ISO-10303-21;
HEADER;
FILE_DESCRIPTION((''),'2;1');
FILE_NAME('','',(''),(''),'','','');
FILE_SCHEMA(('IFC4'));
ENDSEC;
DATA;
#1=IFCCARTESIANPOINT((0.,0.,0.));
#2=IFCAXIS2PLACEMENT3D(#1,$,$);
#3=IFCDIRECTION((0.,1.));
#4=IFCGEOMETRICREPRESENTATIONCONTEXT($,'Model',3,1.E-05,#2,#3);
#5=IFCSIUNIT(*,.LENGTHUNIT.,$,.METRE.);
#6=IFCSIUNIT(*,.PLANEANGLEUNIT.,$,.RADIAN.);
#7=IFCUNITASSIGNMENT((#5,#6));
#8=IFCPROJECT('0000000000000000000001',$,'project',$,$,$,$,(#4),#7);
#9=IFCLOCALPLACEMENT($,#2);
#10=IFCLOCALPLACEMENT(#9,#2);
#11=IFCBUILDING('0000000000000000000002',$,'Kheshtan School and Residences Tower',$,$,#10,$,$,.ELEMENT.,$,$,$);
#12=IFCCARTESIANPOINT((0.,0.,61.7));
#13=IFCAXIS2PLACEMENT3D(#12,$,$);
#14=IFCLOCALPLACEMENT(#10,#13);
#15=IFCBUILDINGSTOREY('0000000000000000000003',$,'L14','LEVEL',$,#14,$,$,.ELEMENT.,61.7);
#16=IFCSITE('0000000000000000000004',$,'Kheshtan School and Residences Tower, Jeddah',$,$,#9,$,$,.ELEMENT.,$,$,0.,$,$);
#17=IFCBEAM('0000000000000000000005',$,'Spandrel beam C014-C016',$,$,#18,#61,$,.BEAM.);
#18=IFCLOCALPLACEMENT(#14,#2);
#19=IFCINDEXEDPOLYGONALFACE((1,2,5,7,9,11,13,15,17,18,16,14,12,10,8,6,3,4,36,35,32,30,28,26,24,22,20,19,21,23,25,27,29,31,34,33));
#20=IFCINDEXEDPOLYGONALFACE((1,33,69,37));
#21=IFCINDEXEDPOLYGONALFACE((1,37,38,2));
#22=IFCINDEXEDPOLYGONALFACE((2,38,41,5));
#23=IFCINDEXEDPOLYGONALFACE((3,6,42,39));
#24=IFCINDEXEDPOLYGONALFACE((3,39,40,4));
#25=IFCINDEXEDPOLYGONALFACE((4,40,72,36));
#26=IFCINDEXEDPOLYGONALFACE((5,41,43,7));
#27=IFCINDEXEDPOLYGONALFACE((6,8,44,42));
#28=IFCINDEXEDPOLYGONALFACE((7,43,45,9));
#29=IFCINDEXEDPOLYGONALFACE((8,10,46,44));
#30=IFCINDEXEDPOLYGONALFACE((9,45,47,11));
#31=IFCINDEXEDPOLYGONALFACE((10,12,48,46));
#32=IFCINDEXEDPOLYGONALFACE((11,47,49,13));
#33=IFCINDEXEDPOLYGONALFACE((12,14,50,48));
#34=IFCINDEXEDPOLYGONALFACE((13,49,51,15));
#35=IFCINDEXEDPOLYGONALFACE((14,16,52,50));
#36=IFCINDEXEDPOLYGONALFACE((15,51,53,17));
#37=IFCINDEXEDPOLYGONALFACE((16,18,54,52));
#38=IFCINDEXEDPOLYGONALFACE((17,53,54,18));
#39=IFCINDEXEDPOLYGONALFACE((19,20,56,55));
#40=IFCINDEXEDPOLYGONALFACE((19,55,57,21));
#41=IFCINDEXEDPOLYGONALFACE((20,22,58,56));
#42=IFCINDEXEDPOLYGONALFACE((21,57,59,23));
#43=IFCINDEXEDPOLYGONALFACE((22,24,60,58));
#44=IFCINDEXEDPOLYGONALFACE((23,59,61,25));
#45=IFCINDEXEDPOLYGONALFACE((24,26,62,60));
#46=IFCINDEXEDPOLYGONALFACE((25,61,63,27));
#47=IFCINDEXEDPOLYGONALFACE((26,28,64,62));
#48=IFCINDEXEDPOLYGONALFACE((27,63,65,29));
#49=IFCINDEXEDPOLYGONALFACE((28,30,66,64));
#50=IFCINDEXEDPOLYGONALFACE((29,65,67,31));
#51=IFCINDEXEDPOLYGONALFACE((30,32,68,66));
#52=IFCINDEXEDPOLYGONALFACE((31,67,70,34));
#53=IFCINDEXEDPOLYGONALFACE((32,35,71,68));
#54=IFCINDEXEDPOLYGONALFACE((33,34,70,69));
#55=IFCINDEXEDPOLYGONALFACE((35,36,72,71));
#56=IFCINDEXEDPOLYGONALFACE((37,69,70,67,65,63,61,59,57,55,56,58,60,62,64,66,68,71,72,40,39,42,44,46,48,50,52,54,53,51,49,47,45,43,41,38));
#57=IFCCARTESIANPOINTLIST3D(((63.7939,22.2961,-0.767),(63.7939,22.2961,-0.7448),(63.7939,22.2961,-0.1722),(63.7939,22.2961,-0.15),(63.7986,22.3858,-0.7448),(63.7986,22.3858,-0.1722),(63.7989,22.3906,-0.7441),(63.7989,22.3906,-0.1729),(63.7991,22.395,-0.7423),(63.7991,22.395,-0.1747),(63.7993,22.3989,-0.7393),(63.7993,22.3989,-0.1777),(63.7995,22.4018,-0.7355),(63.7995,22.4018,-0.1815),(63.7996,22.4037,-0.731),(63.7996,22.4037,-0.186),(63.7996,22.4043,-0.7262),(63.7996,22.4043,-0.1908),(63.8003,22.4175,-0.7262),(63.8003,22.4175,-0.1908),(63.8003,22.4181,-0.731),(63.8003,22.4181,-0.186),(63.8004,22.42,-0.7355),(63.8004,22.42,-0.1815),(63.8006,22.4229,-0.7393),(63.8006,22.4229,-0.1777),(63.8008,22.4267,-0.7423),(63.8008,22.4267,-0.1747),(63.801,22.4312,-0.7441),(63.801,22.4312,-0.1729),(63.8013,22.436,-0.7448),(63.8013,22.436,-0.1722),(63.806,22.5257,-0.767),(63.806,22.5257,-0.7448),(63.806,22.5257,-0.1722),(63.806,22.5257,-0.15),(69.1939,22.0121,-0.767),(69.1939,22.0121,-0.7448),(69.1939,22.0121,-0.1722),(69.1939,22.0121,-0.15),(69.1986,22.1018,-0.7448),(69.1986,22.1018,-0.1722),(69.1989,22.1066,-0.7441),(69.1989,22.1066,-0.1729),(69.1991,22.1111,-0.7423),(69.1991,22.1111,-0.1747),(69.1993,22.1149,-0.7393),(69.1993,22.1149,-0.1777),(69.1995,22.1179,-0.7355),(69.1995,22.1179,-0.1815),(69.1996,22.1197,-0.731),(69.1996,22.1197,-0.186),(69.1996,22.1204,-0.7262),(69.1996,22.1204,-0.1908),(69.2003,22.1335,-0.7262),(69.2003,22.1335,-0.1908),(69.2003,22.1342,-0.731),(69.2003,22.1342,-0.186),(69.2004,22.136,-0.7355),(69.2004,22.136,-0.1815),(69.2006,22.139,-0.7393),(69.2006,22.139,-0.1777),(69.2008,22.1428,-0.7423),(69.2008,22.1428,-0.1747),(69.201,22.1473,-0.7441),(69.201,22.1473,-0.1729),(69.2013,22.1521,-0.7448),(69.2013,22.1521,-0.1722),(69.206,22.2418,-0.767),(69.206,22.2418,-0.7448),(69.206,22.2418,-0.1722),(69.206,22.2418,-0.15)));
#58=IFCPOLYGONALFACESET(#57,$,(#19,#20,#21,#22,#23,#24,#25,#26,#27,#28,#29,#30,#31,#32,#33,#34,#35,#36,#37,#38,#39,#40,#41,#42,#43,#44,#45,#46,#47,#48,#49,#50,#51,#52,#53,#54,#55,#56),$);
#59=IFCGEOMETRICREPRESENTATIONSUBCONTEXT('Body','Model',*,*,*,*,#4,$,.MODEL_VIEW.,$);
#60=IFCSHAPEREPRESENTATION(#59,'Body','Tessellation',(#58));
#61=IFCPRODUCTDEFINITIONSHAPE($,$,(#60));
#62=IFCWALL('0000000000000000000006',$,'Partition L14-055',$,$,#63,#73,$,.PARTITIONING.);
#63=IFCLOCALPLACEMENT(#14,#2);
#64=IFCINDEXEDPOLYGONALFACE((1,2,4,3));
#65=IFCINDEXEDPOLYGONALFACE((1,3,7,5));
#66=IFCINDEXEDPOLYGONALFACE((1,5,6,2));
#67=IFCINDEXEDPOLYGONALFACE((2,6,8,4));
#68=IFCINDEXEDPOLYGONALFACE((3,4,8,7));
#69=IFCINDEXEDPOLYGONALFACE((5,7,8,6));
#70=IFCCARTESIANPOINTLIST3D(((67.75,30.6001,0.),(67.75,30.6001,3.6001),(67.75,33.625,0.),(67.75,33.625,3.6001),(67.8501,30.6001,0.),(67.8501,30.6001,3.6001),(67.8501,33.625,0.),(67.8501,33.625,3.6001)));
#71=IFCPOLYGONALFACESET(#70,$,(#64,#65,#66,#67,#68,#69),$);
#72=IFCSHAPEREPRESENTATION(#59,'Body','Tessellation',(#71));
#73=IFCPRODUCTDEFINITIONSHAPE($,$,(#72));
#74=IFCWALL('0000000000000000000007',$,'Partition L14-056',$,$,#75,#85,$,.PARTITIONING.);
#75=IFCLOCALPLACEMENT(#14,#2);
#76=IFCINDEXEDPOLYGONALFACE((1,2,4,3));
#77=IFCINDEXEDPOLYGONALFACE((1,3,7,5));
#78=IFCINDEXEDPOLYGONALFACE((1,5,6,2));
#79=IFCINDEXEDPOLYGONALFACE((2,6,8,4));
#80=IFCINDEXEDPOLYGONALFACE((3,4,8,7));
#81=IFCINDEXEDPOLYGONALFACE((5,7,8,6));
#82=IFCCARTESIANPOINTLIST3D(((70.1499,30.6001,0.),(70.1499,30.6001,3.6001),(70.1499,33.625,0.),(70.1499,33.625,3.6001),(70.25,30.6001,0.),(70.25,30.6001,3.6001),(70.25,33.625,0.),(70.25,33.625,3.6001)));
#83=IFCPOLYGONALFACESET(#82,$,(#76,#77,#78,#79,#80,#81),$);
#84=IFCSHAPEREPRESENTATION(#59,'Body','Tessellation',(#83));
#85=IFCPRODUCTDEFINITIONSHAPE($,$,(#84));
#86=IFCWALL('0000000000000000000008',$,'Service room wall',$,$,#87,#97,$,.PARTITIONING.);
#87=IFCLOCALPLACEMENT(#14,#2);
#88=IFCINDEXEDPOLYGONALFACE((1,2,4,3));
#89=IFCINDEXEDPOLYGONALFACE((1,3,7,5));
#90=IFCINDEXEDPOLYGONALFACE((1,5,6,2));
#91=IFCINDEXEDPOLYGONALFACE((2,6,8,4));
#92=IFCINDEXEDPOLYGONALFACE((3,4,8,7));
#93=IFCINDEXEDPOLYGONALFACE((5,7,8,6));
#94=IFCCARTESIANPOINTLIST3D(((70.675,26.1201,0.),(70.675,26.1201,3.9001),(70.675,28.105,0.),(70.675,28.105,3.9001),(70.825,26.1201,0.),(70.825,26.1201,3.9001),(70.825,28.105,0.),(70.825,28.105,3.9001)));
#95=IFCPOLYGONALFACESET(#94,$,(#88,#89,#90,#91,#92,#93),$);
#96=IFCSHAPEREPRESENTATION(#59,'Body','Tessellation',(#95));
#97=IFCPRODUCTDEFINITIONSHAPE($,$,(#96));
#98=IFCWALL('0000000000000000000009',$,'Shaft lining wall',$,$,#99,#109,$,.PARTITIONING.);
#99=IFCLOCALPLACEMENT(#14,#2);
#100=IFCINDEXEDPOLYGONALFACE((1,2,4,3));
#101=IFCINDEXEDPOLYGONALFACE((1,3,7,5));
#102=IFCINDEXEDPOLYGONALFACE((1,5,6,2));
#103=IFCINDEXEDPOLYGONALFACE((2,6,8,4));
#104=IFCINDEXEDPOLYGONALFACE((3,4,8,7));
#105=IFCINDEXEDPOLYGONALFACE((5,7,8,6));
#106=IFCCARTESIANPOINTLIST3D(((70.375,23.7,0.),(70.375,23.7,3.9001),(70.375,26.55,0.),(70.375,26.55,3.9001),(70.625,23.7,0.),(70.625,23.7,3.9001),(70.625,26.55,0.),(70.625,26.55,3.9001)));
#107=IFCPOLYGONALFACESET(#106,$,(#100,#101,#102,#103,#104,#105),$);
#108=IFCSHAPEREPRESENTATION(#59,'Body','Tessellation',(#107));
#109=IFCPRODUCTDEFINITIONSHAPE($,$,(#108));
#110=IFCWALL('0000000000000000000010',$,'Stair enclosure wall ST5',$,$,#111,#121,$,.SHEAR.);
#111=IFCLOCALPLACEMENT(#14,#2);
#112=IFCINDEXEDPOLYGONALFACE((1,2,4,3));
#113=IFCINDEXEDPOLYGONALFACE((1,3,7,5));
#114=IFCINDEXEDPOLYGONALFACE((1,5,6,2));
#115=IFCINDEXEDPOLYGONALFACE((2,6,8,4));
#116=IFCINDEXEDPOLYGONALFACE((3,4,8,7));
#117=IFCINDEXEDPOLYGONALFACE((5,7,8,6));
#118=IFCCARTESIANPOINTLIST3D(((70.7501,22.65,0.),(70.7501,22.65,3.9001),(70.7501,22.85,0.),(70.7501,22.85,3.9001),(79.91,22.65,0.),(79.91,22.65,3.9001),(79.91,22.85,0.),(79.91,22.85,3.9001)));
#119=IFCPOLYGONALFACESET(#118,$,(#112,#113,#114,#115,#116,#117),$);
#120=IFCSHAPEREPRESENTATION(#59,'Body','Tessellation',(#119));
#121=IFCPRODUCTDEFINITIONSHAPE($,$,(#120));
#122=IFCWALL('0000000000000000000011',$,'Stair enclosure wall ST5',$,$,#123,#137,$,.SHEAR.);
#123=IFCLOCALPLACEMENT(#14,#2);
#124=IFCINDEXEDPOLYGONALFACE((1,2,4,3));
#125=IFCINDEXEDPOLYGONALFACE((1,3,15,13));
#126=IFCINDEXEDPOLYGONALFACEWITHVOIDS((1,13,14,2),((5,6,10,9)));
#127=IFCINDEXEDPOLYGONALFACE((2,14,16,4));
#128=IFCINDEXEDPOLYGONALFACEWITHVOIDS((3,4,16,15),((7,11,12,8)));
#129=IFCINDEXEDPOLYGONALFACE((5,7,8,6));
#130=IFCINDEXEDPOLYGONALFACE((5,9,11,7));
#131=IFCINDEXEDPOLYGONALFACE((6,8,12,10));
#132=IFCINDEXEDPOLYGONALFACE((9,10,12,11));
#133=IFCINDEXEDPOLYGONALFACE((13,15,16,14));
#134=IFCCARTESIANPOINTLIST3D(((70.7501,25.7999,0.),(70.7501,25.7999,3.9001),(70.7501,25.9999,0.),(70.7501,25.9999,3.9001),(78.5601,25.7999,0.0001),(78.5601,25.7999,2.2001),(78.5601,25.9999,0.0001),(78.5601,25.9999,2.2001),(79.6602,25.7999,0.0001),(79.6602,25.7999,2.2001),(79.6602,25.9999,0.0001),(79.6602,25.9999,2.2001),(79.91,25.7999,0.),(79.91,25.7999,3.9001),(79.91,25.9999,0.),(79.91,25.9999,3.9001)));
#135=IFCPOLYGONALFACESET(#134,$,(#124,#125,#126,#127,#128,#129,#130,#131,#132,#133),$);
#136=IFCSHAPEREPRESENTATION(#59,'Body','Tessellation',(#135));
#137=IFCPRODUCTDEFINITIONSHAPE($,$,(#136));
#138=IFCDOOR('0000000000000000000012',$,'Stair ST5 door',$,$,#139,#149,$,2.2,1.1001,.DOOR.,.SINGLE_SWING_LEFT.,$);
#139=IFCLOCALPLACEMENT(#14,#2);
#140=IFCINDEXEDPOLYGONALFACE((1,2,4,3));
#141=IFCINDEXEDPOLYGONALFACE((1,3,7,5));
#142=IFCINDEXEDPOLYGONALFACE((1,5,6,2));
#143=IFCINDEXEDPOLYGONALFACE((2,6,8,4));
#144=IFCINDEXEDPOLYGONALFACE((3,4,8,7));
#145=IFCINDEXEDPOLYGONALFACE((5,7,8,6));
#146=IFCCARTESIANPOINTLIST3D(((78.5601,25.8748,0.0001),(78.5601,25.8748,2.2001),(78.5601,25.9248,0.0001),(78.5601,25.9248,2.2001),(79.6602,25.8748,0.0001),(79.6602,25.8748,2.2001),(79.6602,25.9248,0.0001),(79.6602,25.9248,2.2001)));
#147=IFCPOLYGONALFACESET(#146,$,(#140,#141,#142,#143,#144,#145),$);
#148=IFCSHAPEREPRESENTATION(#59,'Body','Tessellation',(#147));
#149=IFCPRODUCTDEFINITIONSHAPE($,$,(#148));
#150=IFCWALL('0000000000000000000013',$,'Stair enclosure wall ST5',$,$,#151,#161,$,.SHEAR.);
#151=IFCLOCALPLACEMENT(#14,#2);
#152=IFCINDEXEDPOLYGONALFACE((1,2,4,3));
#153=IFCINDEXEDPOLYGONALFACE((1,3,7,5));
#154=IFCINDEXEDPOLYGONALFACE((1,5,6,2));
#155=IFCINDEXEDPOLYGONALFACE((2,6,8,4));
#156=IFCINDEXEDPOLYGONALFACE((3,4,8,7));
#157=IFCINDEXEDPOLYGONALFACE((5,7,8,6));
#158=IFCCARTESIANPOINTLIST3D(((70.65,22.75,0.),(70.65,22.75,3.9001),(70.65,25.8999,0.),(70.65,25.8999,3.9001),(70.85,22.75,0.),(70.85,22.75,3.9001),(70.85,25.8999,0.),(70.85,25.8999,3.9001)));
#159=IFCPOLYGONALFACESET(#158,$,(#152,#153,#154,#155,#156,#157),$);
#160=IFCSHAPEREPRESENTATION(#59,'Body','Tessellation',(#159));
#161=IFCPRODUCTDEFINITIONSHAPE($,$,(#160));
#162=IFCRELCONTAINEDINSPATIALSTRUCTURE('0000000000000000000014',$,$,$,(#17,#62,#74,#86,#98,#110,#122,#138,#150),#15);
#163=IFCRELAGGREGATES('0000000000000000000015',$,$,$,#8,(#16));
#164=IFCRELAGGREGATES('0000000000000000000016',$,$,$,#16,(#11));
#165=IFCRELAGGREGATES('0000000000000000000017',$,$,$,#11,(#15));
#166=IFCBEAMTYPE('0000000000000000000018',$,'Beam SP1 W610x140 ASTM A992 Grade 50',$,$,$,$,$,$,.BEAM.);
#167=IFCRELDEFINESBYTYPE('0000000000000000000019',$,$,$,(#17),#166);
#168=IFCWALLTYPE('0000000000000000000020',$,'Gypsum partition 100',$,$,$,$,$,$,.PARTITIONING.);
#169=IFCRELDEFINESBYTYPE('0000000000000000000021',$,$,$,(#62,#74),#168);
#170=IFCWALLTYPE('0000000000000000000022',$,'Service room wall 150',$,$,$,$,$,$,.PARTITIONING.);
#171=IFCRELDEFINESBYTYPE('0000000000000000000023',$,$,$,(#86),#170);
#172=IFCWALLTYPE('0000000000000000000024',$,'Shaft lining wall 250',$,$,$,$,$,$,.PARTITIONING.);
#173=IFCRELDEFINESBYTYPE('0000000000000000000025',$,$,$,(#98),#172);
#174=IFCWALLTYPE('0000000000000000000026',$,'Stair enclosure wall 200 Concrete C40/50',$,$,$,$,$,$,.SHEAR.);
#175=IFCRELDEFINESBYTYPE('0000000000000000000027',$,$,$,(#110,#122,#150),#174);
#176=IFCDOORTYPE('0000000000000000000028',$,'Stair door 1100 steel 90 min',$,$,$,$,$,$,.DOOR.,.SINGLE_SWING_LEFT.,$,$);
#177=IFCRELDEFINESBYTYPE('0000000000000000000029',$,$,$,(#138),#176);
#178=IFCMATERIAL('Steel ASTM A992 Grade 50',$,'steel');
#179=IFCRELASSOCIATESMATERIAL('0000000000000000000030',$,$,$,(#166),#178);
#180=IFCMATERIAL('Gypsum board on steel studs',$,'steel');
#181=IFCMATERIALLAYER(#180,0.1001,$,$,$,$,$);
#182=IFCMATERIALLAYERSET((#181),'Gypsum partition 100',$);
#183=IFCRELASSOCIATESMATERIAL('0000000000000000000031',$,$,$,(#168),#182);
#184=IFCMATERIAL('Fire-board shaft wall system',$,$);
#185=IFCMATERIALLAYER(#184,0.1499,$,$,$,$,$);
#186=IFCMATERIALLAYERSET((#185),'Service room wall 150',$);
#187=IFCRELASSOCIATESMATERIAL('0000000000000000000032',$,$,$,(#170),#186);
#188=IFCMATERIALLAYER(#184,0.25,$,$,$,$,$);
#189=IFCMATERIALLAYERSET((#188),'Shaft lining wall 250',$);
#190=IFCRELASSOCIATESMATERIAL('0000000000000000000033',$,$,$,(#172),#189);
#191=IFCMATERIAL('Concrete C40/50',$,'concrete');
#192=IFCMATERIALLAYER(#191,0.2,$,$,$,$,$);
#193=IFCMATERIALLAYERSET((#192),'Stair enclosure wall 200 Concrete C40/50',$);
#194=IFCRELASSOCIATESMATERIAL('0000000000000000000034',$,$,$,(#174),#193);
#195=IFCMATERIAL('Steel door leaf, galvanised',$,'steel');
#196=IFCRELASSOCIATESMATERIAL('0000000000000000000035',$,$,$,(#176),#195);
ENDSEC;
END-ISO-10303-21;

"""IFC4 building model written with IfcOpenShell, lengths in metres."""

from ifc_helpers import new_model, si_unit, direction, frame, frame_2d, origin, origin_2d, place, context, subcontext, project, spatial, rectangle, i_section, extrude, source, transform, mapped, material, layer, layer_set, material_profile, profile_set, type_object, element, fill, save


model = new_model("IFC4")

# Units and contexts
model_context = context("Model", 3, precision=1e-05, world=origin(), true_north=direction((0.0, 1.0)))
body_context = subcontext(model_context, "Body", "Model", "MODEL_VIEW")
ifc_project = project(units=[si_unit("LENGTHUNIT", "METRE"), si_unit("PLANEANGLEUNIT", "RADIAN")], contexts=[model_context])

# Site, building, storey
site_placement = place(None, origin())
site = spatial("IfcSite", under=ifc_project, at=site_placement, Name="Kheshtan School and Residences Tower, Jeddah", CompositionType="ELEMENT", RefElevation=0.0)
building_placement = place(site_placement, origin())
building = spatial("IfcBuilding", under=site, at=building_placement, Name="Kheshtan School and Residences Tower", CompositionType="ELEMENT")
storey_placement = place(building_placement, frame((0.0, 0.0, 61.7)))
storey = spatial("IfcBuildingStorey", under=building, at=storey_placement, Name="L14", Description="LEVEL", CompositionType="ELEMENT", Elevation=61.7)

# Shared definitions
ifc_material_1 = material(Name="Steel ASTM A992 Grade 50", Category="steel")

# Beam
ifc_material_profile_1 = material_profile(ifc_material_1, i_section(OverallWidth=0.23, OverallDepth=0.6169, WebThickness=0.0132, FlangeThickness=0.0222, FilletRadius=0.0186, at=origin_2d()), Name="W610x140")
ifc_profile_set_1 = profile_set([ifc_material_profile_1], Name="Steel ASTM A992 Grade 50")
beam_type_1 = type_object("IfcBeamType", Name="Beam SP1 W610x140 ASTM A992 Grade 50", PredefinedType="BEAM", material=ifc_profile_set_1)
beam_1_placement = place(storey_placement, frame((69.2, 22.127, -0.4585), z_axis=(-0.99862, 0.052509, 0.0), x_axis=(-0.052509, -0.99862, 0.0)))
element("IfcBeam", 1, at=beam_1_placement, inside=storey, type_object=beam_type_1, Name="Spandrel beam C014-C016", PredefinedType="BEAM", context=body_context, shape_type="SweptSolid", body=[
    extrude(i_section(OverallWidth=0.23, OverallDepth=0.6169, WebThickness=0.0132, FlangeThickness=0.0222, FilletRadius=0.0186, at=origin_2d()), origin(), (0.0, 0.0, 1.0), 5.4075),
])

# Walls
ifc_material_2 = material(Name="Gypsum board on steel studs", Category="steel")
ifc_layer_1 = layer(ifc_material_2, 0.1001)
ifc_layer_set_1 = layer_set([ifc_layer_1], Name="Gypsum partition 100")
wall_type_1 = type_object("IfcWallType", Name="Gypsum partition 100", PredefinedType="PARTITIONING", material=ifc_layer_set_1)
for number, where, z_axis, x_axis, name in (
    (2, (67.8, 30.6001, 0.0), (0.0, 0.0, 1.0), (0.0, 1.0, 0.0), "Partition L14-055"),
    (3, (70.2, 30.6001, 0.0), (0.0, 0.0, 1.0), (0.0, 1.0, 0.0), "Partition L14-056"),
):
    element("IfcWall", number, at=place(storey_placement, frame(where, z_axis=z_axis, x_axis=x_axis)), inside=storey, type_object=wall_type_1, Name=name, PredefinedType="PARTITIONING", context=body_context, shape_type="SweptSolid", body=[
        extrude(rectangle(XDim=3.0249, YDim=0.1001, at=frame_2d((1.5125, 0.0))), origin(), (0.0, 0.0, 1.0), 3.6001),
    ])
ifc_material_3 = material(Name="Fire-board shaft wall system")
ifc_layer_2 = layer(ifc_material_3, 0.1499)
ifc_layer_set_2 = layer_set([ifc_layer_2], Name="Service room wall 150")
wall_type_2 = type_object("IfcWallType", Name="Service room wall 150", PredefinedType="PARTITIONING", material=ifc_layer_set_2)
wall_1_placement = place(storey_placement, frame((70.75, 26.1201, 0.0), z_axis=(0.0, 0.0, 1.0), x_axis=(0.0, 1.0, 0.0)))
element("IfcWall", 4, at=wall_1_placement, inside=storey, type_object=wall_type_2, Name="Service room wall", PredefinedType="PARTITIONING", context=body_context, shape_type="SweptSolid", body=[
    extrude(rectangle(XDim=1.9849, YDim=0.1499, at=frame_2d((0.9924, 0.0))), origin(), (0.0, 0.0, 1.0), 3.9001),
])
ifc_layer_3 = layer(ifc_material_3, 0.25)
ifc_layer_set_3 = layer_set([ifc_layer_3], Name="Shaft lining wall 250")
wall_type_3 = type_object("IfcWallType", Name="Shaft lining wall 250", PredefinedType="PARTITIONING", material=ifc_layer_set_3)
wall_2_placement = place(storey_placement, frame((70.5, 23.7, 0.0), z_axis=(0.0, 0.0, 1.0), x_axis=(0.0, 1.0, 0.0)))
element("IfcWall", 5, at=wall_2_placement, inside=storey, type_object=wall_type_3, Name="Shaft lining wall", PredefinedType="PARTITIONING", context=body_context, shape_type="SweptSolid", body=[
    extrude(rectangle(XDim=2.8501, YDim=0.25, at=frame_2d((1.425, 0.0))), origin(), (0.0, 0.0, 1.0), 3.9001),
])
ifc_material_4 = material(Name="Concrete C40/50", Category="concrete")
ifc_layer_4 = layer(ifc_material_4, 0.2)
ifc_layer_set_4 = layer_set([ifc_layer_4], Name="Stair enclosure wall 200 Concrete C40/50")
wall_type_4 = type_object("IfcWallType", Name="Stair enclosure wall 200 Concrete C40/50", PredefinedType="SHEAR", material=ifc_layer_set_4)
wall_3_placement = place(storey_placement, frame((70.75, 22.75, 0.0), z_axis=(0.0, 0.0, 1.0), x_axis=(1.0, 0.0, 0.0)))
element("IfcWall", 6, at=wall_3_placement, inside=storey, type_object=wall_type_4, Name="Stair enclosure wall ST5", PredefinedType="SHEAR", context=body_context, shape_type="SweptSolid", body=[
    extrude(rectangle(XDim=9.1599, YDim=0.2, at=frame_2d((4.5801, 0.0))), origin(), (0.0, 0.0, 1.0), 3.9001),
])

# Wall, opening, door
wall_4_placement = place(storey_placement, frame((70.75, 25.8999, 0.0), z_axis=(0.0, 0.0, 1.0), x_axis=(1.0, 0.0, 0.0)))
wall_4 = element("IfcWall", 7, at=wall_4_placement, inside=storey, type_object=wall_type_4, Name="Stair enclosure wall ST5", PredefinedType="SHEAR", context=body_context, shape_type="SweptSolid", body=[
    extrude(rectangle(XDim=9.1599, YDim=0.2, at=frame_2d((4.5801, 0.0))), origin(), (0.0, 0.0, 1.0), 3.9001),
])
opening_1_placement = place(wall_4_placement, frame((7.8101, 0.0, 0.0)))
opening_1 = element("IfcOpeningElement", 8, at=opening_1_placement, cuts=wall_4, PredefinedType="OPENING", context=body_context, shape_type="SweptSolid", body=[
    extrude(rectangle(XDim=1.1001, YDim=2.2, at=frame_2d((0.55, 1.1001))), frame((0.0, 0.1099, 0.0), z_axis=(0.0, -1.0, 0.0), x_axis=(1.0, 0.0, 0.0)), (0.0, 0.0, 1.0), 0.22),
])
ifc_material_5 = material(Name="Steel door leaf, galvanised", Category="steel")
door_type_1 = type_object("IfcDoorType", Name="Stair door 1100 steel 90 min", OperationType="SINGLE_SWING_LEFT", PredefinedType="DOOR", material=ifc_material_5)
shared_shape_1 = source(origin(), body_context, "Body", "SweptSolid", [
    extrude(rectangle(XDim=1.1001, YDim=2.2, at=frame_2d((0.55, 1.1001))), frame((0.0, 0.0249, 0.0), z_axis=(0.0, -1.0, 0.0), x_axis=(1.0, 0.0, 0.0)), (0.0, 0.0, 1.0), 0.05),
])
door_1_placement = place(opening_1_placement, origin())
door_1 = element("IfcDoor", 9, at=door_1_placement, inside=storey, type_object=door_type_1, Name="Stair ST5 door", OperationType="SINGLE_SWING_LEFT", OverallHeight=2.2, OverallWidth=1.1001, PredefinedType="DOOR", context=body_context, shape_type="MappedRepresentation", body=[
    mapped(shared_shape_1, transform((0.0, 0.0, 0.0), x_axis=(1.0, 0.0, 0.0), y_axis=(0.0, 1.0, 0.0), z_axis=(0.0, 0.0, 1.0), scale=1.0)),
])
fill(opening_1, door_1)

# Wall
wall_5_placement = place(storey_placement, frame((70.75, 22.75, 0.0), z_axis=(0.0, 0.0, 1.0), x_axis=(0.0, 1.0, 0.0)))
element("IfcWall", 10, at=wall_5_placement, inside=storey, type_object=wall_type_4, Name="Stair enclosure wall ST5", PredefinedType="SHEAR", context=body_context, shape_type="SweptSolid", body=[
    extrude(rectangle(XDim=3.1499, YDim=0.2, at=frame_2d((1.575, 0.0))), origin(), (0.0, 0.0, 1.0), 3.9001),
])

save(model, "model.ifc")
